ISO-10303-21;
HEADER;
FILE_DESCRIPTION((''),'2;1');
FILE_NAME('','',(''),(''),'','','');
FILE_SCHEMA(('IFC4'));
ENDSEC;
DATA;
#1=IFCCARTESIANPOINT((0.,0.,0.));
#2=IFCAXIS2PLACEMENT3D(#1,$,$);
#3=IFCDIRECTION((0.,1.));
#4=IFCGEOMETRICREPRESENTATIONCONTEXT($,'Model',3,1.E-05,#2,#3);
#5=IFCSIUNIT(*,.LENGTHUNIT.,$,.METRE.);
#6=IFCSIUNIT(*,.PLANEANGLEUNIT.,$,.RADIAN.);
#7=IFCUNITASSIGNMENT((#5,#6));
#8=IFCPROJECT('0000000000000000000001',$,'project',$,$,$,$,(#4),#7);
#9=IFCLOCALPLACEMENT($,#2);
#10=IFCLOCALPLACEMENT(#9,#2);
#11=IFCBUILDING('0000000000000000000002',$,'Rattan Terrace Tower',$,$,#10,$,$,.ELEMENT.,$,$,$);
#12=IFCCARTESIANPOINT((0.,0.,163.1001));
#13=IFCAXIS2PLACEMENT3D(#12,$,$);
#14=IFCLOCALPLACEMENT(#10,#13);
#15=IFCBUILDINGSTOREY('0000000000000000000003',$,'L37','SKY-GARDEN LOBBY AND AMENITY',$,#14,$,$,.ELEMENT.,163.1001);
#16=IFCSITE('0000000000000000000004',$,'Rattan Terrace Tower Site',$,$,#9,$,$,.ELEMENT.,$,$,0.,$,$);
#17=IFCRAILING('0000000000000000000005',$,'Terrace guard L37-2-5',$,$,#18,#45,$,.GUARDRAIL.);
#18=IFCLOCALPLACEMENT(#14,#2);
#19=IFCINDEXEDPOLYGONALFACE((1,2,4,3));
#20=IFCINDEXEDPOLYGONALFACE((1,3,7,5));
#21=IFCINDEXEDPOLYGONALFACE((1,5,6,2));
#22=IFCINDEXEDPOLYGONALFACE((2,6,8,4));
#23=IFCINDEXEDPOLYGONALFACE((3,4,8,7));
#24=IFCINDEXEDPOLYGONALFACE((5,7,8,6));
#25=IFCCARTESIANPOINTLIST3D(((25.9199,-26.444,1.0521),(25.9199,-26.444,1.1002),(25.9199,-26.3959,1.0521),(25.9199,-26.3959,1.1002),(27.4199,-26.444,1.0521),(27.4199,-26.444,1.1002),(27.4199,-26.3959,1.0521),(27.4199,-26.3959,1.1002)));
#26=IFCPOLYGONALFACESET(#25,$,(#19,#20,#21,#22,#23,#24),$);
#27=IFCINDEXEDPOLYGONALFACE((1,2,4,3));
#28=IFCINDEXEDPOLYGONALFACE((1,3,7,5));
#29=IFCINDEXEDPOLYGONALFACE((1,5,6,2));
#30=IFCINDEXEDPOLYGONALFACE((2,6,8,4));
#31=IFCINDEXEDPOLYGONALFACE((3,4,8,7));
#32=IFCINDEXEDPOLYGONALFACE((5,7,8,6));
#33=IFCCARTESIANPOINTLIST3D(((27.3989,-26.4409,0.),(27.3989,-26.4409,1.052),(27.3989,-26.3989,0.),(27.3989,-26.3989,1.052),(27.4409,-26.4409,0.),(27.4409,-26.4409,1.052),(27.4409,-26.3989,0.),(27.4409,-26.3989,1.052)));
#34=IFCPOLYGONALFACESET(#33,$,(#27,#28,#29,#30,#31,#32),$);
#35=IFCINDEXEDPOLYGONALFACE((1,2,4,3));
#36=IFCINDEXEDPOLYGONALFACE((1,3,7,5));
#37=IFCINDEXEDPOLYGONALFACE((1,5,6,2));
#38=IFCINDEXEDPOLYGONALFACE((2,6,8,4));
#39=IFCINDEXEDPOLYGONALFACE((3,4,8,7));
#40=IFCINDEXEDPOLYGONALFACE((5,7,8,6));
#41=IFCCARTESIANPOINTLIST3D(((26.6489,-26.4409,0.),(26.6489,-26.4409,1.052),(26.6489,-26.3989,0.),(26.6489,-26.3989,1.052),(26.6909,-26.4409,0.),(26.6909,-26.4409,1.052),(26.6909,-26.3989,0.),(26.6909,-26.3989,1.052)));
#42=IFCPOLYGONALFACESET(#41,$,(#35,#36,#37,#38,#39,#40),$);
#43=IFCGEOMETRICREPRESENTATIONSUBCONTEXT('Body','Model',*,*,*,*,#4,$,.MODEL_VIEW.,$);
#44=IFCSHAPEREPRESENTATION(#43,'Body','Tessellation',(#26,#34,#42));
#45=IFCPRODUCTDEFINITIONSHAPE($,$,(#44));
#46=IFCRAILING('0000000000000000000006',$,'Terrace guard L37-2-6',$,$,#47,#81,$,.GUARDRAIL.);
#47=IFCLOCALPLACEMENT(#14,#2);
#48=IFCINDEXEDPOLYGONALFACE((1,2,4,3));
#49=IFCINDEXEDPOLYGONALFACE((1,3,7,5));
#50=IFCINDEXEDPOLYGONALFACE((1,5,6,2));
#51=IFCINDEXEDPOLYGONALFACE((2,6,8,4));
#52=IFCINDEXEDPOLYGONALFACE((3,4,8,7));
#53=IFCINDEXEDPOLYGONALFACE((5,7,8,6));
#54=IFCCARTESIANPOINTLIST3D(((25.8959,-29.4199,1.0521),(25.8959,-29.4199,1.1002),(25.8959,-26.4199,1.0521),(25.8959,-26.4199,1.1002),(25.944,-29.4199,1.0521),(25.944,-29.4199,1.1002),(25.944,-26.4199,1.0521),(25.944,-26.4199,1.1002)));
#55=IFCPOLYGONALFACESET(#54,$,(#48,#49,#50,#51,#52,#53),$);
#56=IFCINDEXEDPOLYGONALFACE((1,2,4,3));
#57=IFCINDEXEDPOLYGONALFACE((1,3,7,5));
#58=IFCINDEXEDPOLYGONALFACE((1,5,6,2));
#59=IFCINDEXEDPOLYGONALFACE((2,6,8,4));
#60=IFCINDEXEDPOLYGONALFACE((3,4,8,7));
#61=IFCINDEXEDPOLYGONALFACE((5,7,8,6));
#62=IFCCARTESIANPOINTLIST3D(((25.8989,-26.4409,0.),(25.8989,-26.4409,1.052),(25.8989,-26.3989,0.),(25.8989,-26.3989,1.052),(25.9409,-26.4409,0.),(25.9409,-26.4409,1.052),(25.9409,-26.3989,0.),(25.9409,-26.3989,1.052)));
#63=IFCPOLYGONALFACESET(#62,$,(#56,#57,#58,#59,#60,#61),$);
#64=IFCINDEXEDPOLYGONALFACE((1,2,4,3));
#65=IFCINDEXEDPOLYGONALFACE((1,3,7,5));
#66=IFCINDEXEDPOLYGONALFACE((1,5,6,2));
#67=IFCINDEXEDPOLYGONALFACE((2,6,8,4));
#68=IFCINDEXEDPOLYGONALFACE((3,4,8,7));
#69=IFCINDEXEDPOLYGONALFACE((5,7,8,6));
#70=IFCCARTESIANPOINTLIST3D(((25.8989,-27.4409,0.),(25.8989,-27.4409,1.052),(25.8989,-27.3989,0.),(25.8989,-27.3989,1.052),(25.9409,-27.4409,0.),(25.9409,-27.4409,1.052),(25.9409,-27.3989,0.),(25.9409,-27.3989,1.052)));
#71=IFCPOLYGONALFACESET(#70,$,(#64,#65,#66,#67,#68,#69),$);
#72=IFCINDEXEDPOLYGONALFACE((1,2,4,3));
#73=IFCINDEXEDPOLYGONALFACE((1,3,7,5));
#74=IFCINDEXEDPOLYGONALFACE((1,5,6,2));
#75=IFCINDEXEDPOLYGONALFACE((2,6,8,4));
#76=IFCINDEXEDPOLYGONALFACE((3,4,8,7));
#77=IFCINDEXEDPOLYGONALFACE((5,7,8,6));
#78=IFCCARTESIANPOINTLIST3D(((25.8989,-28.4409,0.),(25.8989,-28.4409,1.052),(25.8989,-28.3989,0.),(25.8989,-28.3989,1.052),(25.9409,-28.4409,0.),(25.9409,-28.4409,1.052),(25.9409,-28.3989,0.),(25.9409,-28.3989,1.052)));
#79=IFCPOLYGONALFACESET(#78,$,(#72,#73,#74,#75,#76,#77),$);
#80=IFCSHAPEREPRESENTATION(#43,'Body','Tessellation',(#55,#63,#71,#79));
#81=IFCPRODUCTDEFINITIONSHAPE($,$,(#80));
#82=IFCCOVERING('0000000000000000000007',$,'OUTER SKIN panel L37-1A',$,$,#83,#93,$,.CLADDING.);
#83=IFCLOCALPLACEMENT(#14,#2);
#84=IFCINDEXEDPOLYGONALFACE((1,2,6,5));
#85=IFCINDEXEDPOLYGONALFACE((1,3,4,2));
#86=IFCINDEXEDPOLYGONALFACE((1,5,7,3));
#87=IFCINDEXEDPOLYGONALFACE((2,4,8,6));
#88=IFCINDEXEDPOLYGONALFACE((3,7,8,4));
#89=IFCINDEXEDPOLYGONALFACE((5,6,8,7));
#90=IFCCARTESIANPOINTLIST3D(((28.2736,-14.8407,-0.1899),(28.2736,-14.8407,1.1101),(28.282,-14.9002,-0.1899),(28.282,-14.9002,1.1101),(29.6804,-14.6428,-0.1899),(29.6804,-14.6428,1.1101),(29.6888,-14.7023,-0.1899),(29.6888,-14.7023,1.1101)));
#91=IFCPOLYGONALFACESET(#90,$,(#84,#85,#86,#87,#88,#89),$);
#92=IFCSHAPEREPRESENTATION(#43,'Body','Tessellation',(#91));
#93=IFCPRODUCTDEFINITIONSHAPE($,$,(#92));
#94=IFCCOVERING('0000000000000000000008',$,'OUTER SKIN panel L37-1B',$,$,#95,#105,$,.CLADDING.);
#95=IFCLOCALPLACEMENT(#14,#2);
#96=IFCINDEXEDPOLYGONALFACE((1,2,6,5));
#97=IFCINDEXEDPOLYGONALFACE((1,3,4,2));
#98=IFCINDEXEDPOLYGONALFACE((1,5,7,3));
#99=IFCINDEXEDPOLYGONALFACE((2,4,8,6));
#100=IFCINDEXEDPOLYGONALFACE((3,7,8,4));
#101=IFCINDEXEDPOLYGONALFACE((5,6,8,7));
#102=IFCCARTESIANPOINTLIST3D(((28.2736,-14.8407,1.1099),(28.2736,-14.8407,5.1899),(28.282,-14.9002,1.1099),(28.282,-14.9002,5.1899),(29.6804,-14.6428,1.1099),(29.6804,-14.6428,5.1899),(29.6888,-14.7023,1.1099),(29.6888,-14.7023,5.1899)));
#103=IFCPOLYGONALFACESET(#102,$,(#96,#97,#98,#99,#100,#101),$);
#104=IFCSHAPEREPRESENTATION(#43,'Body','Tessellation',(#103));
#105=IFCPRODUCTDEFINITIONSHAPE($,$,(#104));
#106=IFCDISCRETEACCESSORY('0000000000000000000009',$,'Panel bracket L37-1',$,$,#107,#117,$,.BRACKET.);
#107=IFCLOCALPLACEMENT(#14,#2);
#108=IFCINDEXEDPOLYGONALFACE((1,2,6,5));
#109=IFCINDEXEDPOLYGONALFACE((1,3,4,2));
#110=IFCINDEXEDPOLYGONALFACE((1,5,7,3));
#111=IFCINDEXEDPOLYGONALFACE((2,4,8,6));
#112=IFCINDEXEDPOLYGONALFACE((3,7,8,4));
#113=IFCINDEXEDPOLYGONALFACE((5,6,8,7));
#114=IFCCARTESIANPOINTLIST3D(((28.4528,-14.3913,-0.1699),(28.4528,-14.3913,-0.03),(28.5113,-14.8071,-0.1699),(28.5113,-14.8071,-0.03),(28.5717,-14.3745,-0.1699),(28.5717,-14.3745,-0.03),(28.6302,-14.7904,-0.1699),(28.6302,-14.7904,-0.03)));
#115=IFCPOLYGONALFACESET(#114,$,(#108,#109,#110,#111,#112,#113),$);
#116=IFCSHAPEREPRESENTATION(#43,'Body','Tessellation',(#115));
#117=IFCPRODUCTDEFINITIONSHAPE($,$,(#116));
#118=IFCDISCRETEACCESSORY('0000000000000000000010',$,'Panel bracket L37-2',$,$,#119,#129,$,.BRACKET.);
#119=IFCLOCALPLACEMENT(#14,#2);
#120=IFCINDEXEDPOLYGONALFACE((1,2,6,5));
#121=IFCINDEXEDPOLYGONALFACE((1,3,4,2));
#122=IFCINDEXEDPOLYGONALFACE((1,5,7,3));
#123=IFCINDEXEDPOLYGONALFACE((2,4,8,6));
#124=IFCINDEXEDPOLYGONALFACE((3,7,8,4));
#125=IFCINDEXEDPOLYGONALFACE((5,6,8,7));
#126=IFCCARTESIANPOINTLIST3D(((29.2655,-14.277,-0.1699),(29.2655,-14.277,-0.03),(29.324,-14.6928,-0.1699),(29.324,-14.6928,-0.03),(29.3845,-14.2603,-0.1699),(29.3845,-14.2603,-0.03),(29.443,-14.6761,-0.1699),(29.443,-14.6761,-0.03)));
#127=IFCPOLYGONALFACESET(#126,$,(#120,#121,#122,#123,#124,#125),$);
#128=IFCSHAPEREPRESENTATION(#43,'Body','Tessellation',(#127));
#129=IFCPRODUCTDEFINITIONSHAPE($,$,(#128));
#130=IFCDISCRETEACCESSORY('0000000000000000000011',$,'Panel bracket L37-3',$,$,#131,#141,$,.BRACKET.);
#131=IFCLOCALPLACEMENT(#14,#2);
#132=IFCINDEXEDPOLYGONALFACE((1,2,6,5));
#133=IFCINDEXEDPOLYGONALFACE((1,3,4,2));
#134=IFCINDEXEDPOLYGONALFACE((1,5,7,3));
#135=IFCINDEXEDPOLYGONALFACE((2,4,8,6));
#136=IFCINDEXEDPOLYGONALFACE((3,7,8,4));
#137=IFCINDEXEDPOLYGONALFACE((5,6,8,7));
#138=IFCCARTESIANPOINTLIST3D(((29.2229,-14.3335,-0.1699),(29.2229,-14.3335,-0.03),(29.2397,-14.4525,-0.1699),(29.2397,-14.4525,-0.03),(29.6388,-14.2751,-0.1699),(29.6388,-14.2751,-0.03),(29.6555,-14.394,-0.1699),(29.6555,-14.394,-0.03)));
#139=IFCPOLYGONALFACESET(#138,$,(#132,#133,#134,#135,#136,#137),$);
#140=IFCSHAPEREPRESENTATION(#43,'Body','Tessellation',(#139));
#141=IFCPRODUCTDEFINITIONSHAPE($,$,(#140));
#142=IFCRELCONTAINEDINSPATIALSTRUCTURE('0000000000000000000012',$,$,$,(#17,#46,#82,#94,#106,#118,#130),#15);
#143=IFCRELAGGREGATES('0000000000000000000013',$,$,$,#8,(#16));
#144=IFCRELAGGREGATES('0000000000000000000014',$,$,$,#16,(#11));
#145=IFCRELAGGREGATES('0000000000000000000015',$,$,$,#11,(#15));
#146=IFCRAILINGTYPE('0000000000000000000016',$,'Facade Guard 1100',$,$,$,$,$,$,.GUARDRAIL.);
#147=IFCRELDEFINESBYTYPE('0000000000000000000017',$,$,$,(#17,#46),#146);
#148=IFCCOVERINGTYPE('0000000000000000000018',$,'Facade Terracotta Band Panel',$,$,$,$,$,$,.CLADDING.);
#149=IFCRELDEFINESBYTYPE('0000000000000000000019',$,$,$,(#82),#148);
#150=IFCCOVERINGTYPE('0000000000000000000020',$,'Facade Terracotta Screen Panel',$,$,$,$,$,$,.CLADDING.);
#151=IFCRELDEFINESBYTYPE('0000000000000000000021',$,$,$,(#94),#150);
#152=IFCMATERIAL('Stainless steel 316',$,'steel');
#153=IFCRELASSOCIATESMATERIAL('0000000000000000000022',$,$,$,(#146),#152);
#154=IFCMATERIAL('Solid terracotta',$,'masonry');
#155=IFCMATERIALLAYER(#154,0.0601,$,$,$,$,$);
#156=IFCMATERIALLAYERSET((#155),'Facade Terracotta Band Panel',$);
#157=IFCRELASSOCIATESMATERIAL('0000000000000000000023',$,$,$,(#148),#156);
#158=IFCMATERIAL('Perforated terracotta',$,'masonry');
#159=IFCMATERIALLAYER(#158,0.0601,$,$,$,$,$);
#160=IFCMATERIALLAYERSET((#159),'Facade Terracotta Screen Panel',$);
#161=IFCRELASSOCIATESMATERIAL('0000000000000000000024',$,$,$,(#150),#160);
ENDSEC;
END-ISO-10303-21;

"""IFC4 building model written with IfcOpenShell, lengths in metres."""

from ifc_helpers import new_model, si_unit, direction, frame, origin, origin_2d, place, context, subcontext, project, spatial, rectangle, extrude, material, layer, layer_set, type_object, element, save


model = new_model("IFC4")

# Units and contexts
model_context = context("Model", 3, precision=1e-05, world=origin(), true_north=direction((0.0, 1.0)))
body_context = subcontext(model_context, "Body", "Model", "MODEL_VIEW")
ifc_project = project(units=[si_unit("LENGTHUNIT", "METRE"), si_unit("PLANEANGLEUNIT", "RADIAN")], contexts=[model_context])

# Site, building, storey
site_placement = place(None, origin())
site = spatial("IfcSite", under=ifc_project, at=site_placement, Name="Rattan Terrace Tower Site", CompositionType="ELEMENT", RefElevation=0.0)
building_placement = place(site_placement, origin())
building = spatial("IfcBuilding", under=site, at=building_placement, Name="Rattan Terrace Tower", CompositionType="ELEMENT")
storey_placement = place(building_placement, frame((0.0, 0.0, 163.1001)))
storey = spatial("IfcBuildingStorey", under=building, at=storey_placement, Name="L37", Description="SKY-GARDEN LOBBY AND AMENITY", CompositionType="ELEMENT", Elevation=163.1001)

# Railings
ifc_material_1 = material(Name="Stainless steel 316", Category="steel")
railing_type = type_object("IfcRailingType", Name="Facade Guard 1100", PredefinedType="GUARDRAIL", material=ifc_material_1)
railing_1_placement = place(storey_placement, frame((27.4199, -26.4199, 0.0)))
element("IfcRailing", 1, at=railing_1_placement, inside=storey, type_object=railing_type, Name="Terrace guard L37-2-5", PredefinedType="GUARDRAIL", context=body_context, shape_type="SweptSolid", body=[
    extrude(rectangle(XDim=0.0481, YDim=0.0481, at=origin_2d()), frame((0.0, 0.0, 1.0762), z_axis=(-1.0, 0.0, 0.0), x_axis=(0.0, -1.0, 0.0)), (0.0, 0.0, 1.0), 1.5),
    extrude(rectangle(XDim=0.042, YDim=0.042, at=origin_2d()), origin(), (0.0, 0.0, 1.0), 1.052),
    extrude(rectangle(XDim=0.042, YDim=0.042, at=origin_2d()), frame((-0.75, 0.0, 0.0)), (0.0, 0.0, 1.0), 1.052),
])
railing_2_placement = place(storey_placement, frame((25.9199, -26.4199, 0.0)))
element("IfcRailing", 2, at=railing_2_placement, inside=storey, type_object=railing_type, Name="Terrace guard L37-2-6", PredefinedType="GUARDRAIL", context=body_context, shape_type="SweptSolid", body=[
    extrude(rectangle(XDim=0.0481, YDim=0.0481, at=origin_2d()), frame((0.0, 0.0, 1.0762), z_axis=(0.0, -1.0, 0.0), x_axis=(1.0, 0.0, 0.0)), (0.0, 0.0, 1.0), 3.0),
    extrude(rectangle(XDim=0.042, YDim=0.042, at=origin_2d()), origin(), (0.0, 0.0, 1.0), 1.052),
    extrude(rectangle(XDim=0.042, YDim=0.042, at=origin_2d()), frame((0.0, -1.0, 0.0)), (0.0, 0.0, 1.0), 1.052),
    extrude(rectangle(XDim=0.042, YDim=0.042, at=origin_2d()), frame((0.0, -2.0, 0.0)), (0.0, 0.0, 1.0), 1.052),
])

# Coverings
ifc_material_2 = material(Name="Solid terracotta", Category="masonry")
ifc_layer_1 = layer(ifc_material_2, 0.0601)
ifc_layer_set_1 = layer_set([ifc_layer_1], Name="Facade Terracotta Band Panel")
covering_type_1 = type_object("IfcCoveringType", Name="Facade Terracotta Band Panel", PredefinedType="CLADDING", material=ifc_layer_set_1)
covering_1_placement = place(storey_placement, frame((28.9812, -14.7715, -0.1899), z_axis=(0.0, 0.0, 1.0), x_axis=(0.990254, 0.139275, 0.0)))
element("IfcCovering", 3, at=covering_1_placement, inside=storey, type_object=covering_type_1, Name="OUTER SKIN panel L37-1A", PredefinedType="CLADDING", context=body_context, shape_type="SweptSolid", body=[
    extrude(rectangle(XDim=1.4207, YDim=0.0601, at=origin_2d()), origin(), (0.0, 0.0, 1.0), 1.3),
])
ifc_material_3 = material(Name="Perforated terracotta", Category="masonry")
ifc_layer_2 = layer(ifc_material_3, 0.0601)
ifc_layer_set_2 = layer_set([ifc_layer_2], Name="Facade Terracotta Screen Panel")
covering_type_2 = type_object("IfcCoveringType", Name="Facade Terracotta Screen Panel", PredefinedType="CLADDING", material=ifc_layer_set_2)
covering_2_placement = place(storey_placement, frame((28.9812, -14.7715, 1.1099), z_axis=(0.0, 0.0, 1.0), x_axis=(0.990254, 0.139275, 0.0)))
element("IfcCovering", 4, at=covering_2_placement, inside=storey, type_object=covering_type_2, Name="OUTER SKIN panel L37-1B", PredefinedType="CLADDING", context=body_context, shape_type="SweptSolid", body=[
    extrude(rectangle(XDim=1.4207, YDim=0.0601, at=origin_2d()), origin(), (0.0, 0.0, 1.0), 4.0801),
])

# Discrete accessories
for number, where, z_axis, x_axis, name in (
    (5, (28.5415, -14.5908, -0.1699), (0.0, 0.0, 1.0), (0.990254, 0.139275, 0.0), "Panel bracket L37-1"),
    (6, (29.3542, -14.4766, -0.1699), (0.0, 0.0, 1.0), (0.990254, 0.139275, 0.0), "Panel bracket L37-2"),
    (7, (29.4392, -14.3638, -0.1699), (0.0, 0.0, 1.0), (-0.139191, 0.990266, 0.0), "Panel bracket L37-3"),
):
    element("IfcDiscreteAccessory", number, at=place(storey_placement, frame(where, z_axis=z_axis, x_axis=x_axis)), inside=storey, Name=name, PredefinedType="BRACKET", context=body_context, shape_type="SweptSolid", body=[
        extrude(rectangle(XDim=0.1201, YDim=0.4199, at=origin_2d()), origin(), (0.0, 0.0, 1.0), 0.1399),
    ])

save(model, "model.ifc")
